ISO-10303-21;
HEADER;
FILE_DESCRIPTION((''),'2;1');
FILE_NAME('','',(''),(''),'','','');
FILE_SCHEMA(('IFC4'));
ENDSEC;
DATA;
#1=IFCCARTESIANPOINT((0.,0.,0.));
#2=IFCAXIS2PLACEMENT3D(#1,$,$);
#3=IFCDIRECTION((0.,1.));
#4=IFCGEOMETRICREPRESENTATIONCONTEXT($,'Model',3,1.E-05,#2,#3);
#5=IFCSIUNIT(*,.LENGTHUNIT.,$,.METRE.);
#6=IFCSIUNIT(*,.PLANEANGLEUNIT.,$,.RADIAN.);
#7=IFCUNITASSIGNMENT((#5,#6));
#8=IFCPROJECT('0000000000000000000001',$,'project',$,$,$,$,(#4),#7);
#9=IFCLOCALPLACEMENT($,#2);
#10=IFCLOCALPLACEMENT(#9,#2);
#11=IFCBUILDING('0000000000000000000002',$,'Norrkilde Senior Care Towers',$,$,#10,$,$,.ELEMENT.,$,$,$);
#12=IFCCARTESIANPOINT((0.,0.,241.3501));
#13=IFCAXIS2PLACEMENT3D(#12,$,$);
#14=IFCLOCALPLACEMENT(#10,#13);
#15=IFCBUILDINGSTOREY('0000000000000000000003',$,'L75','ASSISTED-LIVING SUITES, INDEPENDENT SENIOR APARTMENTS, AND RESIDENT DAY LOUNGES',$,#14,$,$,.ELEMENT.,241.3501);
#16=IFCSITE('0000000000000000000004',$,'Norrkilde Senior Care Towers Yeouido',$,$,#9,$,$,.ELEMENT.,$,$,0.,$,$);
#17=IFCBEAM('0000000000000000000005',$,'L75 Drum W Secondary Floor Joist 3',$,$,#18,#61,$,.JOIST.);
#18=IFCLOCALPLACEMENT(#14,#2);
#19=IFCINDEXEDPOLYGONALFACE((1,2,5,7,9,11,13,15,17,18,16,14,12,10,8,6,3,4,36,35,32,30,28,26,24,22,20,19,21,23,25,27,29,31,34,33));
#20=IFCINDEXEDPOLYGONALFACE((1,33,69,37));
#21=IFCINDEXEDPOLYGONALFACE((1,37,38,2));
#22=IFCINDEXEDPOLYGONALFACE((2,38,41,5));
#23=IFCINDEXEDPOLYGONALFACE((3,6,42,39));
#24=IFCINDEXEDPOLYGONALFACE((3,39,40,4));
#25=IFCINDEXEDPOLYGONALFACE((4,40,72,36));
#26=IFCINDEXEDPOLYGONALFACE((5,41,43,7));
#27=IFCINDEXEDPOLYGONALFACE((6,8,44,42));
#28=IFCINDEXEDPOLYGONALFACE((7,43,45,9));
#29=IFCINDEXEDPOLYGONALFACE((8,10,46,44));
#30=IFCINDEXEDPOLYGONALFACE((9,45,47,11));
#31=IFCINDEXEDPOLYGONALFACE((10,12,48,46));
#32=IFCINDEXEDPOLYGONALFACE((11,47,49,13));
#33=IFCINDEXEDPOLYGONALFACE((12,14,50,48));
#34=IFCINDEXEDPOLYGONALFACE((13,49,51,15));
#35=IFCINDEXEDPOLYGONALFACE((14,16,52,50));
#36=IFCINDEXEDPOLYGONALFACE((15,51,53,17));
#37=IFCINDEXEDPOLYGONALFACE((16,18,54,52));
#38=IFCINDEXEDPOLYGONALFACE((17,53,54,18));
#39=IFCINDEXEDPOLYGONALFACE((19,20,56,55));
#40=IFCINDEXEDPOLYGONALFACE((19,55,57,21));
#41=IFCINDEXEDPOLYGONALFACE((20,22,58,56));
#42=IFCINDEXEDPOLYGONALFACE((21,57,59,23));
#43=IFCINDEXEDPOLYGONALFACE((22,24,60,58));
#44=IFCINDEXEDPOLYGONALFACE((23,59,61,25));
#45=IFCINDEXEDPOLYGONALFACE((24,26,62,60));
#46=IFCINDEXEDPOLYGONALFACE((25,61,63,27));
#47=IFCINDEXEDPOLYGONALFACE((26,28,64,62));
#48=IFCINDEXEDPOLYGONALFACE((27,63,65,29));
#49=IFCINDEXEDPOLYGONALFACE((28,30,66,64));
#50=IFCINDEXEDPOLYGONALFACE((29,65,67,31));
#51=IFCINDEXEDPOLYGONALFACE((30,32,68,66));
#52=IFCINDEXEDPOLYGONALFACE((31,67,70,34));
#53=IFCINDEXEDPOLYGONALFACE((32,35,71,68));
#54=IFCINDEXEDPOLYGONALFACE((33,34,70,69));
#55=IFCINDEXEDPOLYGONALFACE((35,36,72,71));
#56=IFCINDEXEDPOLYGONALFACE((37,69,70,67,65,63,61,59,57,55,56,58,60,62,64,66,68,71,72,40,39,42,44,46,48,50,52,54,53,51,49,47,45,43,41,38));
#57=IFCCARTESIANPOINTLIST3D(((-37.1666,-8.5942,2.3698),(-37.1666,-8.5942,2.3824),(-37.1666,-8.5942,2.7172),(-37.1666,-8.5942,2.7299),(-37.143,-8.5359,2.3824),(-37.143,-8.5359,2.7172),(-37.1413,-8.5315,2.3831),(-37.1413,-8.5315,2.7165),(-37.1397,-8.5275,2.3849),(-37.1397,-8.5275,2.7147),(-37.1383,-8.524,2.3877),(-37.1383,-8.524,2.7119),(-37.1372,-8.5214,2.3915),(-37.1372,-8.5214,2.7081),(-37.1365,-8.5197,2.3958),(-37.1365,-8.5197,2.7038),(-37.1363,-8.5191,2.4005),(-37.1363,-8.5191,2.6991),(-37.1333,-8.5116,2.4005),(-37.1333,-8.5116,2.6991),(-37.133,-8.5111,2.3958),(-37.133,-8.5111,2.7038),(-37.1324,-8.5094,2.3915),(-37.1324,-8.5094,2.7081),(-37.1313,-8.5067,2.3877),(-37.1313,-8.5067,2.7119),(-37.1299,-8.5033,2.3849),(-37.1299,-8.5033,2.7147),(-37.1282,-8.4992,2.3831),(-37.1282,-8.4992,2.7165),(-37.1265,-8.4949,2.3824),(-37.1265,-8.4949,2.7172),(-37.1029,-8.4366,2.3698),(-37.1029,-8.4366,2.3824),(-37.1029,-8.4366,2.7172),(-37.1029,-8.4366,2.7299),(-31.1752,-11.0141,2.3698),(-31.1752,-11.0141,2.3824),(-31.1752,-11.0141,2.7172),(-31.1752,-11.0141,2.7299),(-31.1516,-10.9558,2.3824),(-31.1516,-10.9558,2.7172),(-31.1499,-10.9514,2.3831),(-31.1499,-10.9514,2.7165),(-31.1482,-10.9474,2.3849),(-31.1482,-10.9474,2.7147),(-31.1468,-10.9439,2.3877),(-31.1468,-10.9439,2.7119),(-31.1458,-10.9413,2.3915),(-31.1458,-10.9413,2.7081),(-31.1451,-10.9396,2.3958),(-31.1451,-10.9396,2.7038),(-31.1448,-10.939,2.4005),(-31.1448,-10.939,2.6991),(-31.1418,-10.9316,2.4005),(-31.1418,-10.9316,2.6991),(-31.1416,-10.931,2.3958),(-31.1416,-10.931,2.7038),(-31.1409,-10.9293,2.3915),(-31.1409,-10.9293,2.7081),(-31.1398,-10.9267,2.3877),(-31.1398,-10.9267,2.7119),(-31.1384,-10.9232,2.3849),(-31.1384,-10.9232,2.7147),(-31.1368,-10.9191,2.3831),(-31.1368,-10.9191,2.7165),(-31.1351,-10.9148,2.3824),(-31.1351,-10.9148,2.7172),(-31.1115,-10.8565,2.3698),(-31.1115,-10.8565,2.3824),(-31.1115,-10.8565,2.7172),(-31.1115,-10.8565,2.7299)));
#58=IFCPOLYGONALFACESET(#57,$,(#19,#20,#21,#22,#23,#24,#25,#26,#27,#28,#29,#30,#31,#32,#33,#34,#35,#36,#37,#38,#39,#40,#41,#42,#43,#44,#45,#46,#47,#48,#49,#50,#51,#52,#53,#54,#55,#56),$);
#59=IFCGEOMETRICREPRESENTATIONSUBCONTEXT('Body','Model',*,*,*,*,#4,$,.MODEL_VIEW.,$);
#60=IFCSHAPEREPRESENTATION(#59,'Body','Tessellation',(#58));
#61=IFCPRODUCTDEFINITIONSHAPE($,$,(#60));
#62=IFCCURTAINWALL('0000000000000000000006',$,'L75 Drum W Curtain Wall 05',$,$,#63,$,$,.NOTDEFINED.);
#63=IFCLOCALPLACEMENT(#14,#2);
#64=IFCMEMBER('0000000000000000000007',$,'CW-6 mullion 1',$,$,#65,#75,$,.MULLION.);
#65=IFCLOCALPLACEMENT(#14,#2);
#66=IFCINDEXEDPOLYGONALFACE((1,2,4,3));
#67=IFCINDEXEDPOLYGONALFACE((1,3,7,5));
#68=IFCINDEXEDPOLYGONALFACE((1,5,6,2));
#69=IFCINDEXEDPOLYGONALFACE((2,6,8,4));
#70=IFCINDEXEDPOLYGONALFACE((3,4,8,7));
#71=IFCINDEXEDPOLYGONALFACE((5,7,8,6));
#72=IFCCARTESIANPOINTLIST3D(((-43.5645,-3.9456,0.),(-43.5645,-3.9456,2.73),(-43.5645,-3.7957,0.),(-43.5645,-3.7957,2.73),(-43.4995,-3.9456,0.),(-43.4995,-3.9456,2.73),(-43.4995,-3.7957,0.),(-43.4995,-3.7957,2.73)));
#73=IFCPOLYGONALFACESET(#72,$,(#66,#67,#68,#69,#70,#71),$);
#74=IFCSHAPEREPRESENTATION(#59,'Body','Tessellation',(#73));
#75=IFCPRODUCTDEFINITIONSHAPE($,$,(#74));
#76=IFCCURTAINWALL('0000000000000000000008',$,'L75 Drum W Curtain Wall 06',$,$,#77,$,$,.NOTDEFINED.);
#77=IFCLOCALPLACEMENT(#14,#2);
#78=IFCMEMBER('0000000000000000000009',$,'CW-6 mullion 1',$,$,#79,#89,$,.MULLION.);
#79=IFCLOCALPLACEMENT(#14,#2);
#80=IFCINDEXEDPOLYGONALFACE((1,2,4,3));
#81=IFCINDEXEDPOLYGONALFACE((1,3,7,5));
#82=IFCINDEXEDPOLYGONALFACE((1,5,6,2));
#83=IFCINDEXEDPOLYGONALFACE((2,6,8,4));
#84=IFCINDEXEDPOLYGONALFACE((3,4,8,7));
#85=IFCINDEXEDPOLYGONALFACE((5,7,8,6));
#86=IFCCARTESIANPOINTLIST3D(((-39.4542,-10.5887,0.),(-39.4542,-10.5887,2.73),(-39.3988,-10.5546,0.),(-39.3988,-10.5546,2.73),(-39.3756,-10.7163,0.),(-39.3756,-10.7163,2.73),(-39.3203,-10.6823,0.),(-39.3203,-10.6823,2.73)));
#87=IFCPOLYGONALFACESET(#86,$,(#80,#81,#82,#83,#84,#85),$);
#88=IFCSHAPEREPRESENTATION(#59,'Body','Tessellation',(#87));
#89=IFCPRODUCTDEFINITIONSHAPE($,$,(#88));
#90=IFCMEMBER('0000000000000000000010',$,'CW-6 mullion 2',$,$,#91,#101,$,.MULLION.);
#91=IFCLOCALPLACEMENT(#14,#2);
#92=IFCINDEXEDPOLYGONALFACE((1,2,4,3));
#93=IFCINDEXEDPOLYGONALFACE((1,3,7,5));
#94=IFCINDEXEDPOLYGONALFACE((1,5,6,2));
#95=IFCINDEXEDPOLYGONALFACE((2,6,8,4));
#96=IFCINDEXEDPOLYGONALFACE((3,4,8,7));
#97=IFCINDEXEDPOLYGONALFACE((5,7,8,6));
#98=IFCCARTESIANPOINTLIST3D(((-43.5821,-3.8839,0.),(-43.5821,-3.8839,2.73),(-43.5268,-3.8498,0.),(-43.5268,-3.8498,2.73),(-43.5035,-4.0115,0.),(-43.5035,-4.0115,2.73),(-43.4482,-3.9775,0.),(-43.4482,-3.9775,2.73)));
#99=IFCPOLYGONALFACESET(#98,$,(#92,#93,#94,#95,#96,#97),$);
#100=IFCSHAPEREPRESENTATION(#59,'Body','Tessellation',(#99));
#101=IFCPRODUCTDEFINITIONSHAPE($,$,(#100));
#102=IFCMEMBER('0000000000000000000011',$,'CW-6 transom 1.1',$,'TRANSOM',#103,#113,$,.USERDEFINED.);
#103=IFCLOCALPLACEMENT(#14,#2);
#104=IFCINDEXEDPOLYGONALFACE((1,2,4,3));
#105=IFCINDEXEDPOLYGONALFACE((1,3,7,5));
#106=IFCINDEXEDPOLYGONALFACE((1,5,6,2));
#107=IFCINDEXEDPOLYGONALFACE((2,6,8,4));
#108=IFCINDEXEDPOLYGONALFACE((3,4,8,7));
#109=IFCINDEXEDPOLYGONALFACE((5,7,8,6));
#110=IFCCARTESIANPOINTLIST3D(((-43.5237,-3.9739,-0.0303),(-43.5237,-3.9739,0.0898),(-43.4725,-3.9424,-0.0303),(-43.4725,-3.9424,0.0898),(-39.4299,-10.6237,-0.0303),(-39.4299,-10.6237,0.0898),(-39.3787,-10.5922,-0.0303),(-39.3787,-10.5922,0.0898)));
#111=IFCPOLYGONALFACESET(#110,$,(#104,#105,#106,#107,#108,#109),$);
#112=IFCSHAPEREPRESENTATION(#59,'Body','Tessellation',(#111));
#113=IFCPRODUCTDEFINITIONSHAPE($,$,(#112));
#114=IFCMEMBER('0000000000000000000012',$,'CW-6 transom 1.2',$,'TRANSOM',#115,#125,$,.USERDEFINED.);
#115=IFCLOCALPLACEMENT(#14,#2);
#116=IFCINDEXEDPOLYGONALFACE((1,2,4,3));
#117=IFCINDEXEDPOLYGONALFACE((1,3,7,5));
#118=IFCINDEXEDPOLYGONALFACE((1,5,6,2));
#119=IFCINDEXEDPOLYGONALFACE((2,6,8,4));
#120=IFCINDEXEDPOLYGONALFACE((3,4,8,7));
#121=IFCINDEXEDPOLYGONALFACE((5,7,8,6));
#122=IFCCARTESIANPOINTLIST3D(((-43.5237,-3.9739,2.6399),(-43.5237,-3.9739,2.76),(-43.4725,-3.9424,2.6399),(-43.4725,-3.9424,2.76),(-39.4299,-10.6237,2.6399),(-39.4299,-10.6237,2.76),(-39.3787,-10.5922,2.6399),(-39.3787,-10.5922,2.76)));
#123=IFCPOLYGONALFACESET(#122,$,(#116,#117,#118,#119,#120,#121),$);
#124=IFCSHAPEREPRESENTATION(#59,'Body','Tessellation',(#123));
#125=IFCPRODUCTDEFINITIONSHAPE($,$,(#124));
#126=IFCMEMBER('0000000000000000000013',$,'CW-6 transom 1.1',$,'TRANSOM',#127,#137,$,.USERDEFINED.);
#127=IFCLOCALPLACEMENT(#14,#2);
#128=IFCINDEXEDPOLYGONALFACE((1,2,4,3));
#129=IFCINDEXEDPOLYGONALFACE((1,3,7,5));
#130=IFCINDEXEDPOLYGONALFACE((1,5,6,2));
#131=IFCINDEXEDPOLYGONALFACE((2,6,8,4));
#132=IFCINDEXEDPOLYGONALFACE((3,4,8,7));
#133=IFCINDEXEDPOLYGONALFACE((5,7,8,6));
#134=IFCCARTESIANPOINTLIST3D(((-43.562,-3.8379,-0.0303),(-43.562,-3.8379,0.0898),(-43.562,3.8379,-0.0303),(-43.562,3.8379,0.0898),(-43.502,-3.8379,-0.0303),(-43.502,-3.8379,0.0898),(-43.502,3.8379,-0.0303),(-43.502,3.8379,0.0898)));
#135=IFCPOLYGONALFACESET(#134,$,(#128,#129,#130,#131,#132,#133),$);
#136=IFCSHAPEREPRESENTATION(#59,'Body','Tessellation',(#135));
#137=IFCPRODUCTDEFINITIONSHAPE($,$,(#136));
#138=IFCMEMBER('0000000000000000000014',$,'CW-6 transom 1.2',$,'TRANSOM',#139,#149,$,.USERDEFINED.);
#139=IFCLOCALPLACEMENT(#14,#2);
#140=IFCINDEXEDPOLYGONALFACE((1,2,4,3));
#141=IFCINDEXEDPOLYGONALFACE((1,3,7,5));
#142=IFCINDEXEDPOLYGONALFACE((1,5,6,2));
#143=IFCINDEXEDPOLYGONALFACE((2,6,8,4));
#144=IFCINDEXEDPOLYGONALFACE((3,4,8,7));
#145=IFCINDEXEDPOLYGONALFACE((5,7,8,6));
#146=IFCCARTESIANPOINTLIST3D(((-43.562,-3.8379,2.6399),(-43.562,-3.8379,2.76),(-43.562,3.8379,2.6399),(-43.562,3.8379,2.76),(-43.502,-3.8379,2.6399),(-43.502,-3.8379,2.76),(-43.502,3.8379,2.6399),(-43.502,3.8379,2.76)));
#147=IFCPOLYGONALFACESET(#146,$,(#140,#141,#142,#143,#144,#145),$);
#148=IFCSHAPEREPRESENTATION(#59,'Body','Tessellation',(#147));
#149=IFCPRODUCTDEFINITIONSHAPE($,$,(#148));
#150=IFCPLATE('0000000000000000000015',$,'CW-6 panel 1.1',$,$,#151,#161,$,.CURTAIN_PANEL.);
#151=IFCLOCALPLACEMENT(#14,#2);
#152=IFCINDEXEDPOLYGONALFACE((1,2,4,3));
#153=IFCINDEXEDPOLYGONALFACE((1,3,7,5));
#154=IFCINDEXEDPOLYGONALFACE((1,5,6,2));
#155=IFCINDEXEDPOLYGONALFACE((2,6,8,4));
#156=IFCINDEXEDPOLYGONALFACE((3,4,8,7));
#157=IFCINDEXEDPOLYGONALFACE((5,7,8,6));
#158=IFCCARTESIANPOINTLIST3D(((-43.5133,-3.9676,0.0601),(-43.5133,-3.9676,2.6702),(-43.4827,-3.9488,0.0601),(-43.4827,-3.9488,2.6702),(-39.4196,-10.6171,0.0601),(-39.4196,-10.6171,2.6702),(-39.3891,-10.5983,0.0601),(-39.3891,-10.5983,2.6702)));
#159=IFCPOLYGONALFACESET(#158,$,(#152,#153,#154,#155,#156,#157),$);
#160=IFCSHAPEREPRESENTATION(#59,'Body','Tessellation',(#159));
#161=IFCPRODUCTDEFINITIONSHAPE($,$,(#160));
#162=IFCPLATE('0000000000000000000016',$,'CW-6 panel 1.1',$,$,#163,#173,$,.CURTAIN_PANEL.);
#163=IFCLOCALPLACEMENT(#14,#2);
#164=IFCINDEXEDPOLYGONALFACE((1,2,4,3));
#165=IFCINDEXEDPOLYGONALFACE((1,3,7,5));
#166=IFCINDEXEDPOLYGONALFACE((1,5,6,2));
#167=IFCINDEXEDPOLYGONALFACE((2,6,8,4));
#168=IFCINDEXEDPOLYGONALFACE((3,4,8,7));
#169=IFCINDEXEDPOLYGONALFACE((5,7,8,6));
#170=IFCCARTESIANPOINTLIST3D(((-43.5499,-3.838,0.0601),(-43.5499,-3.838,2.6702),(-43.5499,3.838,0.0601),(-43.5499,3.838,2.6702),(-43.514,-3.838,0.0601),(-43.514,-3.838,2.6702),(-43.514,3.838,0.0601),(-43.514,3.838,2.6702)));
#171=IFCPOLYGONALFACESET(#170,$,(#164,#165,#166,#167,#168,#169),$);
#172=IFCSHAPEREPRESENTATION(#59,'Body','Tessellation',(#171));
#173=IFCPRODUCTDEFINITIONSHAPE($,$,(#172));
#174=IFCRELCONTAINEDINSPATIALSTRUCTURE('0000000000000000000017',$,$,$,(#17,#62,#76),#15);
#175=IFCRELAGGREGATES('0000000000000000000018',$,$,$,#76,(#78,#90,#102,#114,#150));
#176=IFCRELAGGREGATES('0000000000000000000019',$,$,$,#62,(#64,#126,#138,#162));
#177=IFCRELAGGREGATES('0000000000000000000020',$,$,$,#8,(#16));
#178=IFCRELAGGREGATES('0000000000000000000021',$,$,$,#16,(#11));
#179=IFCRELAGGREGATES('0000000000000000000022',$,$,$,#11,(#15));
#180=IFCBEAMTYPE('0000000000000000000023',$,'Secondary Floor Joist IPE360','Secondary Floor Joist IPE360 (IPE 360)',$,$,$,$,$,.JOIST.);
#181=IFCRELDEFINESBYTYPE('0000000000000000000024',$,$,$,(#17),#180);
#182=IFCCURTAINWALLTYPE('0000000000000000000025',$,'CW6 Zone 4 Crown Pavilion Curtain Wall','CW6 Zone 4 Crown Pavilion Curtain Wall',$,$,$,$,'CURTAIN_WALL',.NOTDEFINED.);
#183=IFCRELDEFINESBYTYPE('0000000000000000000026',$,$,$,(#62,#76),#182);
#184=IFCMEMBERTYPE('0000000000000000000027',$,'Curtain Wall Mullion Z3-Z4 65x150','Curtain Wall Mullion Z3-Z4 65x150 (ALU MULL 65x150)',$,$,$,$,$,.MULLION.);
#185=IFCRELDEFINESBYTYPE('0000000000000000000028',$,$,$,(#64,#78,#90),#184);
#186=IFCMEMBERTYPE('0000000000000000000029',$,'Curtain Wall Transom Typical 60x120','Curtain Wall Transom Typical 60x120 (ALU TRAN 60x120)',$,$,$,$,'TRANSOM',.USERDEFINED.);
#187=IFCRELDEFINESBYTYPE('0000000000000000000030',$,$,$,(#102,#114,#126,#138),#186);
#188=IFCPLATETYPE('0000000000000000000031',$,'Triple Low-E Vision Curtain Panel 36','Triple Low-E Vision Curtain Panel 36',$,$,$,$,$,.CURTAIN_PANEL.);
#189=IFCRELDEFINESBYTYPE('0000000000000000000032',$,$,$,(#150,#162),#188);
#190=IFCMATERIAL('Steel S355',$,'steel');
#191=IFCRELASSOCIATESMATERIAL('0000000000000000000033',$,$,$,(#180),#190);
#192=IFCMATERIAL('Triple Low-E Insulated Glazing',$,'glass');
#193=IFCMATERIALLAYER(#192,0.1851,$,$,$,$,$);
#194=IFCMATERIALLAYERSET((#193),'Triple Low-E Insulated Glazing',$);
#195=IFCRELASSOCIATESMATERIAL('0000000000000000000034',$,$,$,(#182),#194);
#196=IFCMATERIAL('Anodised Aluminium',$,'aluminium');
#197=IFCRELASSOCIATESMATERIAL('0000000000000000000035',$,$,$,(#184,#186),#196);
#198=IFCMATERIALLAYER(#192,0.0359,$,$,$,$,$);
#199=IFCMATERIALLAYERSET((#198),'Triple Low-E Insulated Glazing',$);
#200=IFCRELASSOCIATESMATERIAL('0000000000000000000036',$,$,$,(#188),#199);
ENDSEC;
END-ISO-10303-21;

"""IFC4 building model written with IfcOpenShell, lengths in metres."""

from ifc_helpers import new_model, si_unit, direction, frame, origin, origin_2d, place, context, subcontext, project, spatial, rectangle, i_section, extrude, source, transform, mapped, material, layer, layer_set, material_profile, profile_set, type_object, type_shapes, element, aggregate, save


model = new_model("IFC4")

# Units and contexts
model_context = context("Model", 3, precision=1e-05, world=origin(), true_north=direction((0.0, 1.0)))
body_context = subcontext(model_context, "Body", "Model", "MODEL_VIEW")
ifc_project = project(units=[si_unit("LENGTHUNIT", "METRE"), si_unit("PLANEANGLEUNIT", "RADIAN")], contexts=[model_context])

# Site, building, storey
site_placement = place(None, origin())
site = spatial("IfcSite", under=ifc_project, at=site_placement, Name="Norrkilde Senior Care Towers Yeouido", CompositionType="ELEMENT", RefElevation=0.0)
building_placement = place(site_placement, origin())
building = spatial("IfcBuilding", under=site, at=building_placement, Name="Norrkilde Senior Care Towers", CompositionType="ELEMENT")
storey_placement = place(building_placement, frame((0.0, 0.0, 241.3501)))
storey = spatial("IfcBuildingStorey", under=building, at=storey_placement, Name="L75", Description="ASSISTED-LIVING SUITES, INDEPENDENT SENIOR APARTMENTS, AND RESIDENT DAY LOUNGES", CompositionType="ELEMENT", Elevation=241.3501)

# Beam
ifc_material_1 = material(Name="Steel S355", Category="steel")
ifc_material_profile_1 = material_profile(ifc_material_1, i_section(OverallWidth=0.1699, OverallDepth=0.3601, WebThickness=0.0081, FlangeThickness=0.0127, FilletRadius=0.0181, at=origin_2d()), Name="IPE 360")
ifc_profile_set_1 = profile_set([ifc_material_profile_1], Name="Steel S355")
beam_type_1 = type_object("IfcBeamType", Name="Secondary Floor Joist IPE360", Description="Secondary Floor Joist IPE360 (IPE 360)", PredefinedType="JOIST", material=ifc_profile_set_1)
shared_shape_1 = source(origin(), body_context, "Body", "SweptSolid", [
    extrude(i_section(OverallWidth=0.1699, OverallDepth=0.3601, WebThickness=0.0081, FlangeThickness=0.0127, FilletRadius=0.0181, at=origin_2d()), origin(), (0.0, 0.0, 1.0), 6.4617),
])
type_shapes(beam_type_1, [shared_shape_1])
beam_1_placement = place(storey_placement, frame((-37.1348, -8.5154, 2.5498), z_axis=(0.927226, -0.374502, 0.0), x_axis=(0.374502, 0.927226, 0.0)))
element("IfcBeam", 1, at=beam_1_placement, inside=storey, type_object=beam_type_1, Name="L75 Drum W Secondary Floor Joist 3", PredefinedType="JOIST", context=body_context, shape_type="MappedRepresentation", body=[
    mapped(shared_shape_1, transform((0.0, 0.0, 0.0), x_axis=(1.0, 0.0, 0.0), y_axis=(0.0, 1.0, 0.0), z_axis=(0.0, 0.0, 1.0), scale=1.0)),
])

# Curtain wall, member
ifc_material_2 = material(Name="Triple Low-E Insulated Glazing", Category="glass")
ifc_layer_1 = layer(ifc_material_2, 0.1851)
ifc_layer_set_1 = layer_set([ifc_layer_1], Name="Triple Low-E Insulated Glazing")
curtain_wall_type = type_object("IfcCurtainWallType", Name="CW6 Zone 4 Crown Pavilion Curtain Wall", Description="CW6 Zone 4 Crown Pavilion Curtain Wall", ElementType="CURTAIN_WALL", PredefinedType="NOTDEFINED", material=ifc_layer_set_1)
curtain_wall_1_placement = place(storey_placement, origin())
curtain_wall_1 = element("IfcCurtainWall", 2, at=curtain_wall_1_placement, inside=storey, type_object=curtain_wall_type, Name="L75 Drum W Curtain Wall 05", PredefinedType="NOTDEFINED")
ifc_material_3 = material(Name="Anodised Aluminium", Category="aluminium")
ifc_material_profile_2 = material_profile(ifc_material_3, rectangle(XDim=0.0649, YDim=0.1499, at=origin_2d()), Name="ALU MULL 65x150")
ifc_profile_set_2 = profile_set([ifc_material_profile_2], Name="Anodised Aluminium")
member_type_1 = type_object("IfcMemberType", Name="Curtain Wall Mullion Z3-Z4 65x150", Description="Curtain Wall Mullion Z3-Z4 65x150 (ALU MULL 65x150)", PredefinedType="MULLION", material=ifc_profile_set_2)
shared_shape_2 = source(origin(), body_context, "Body", "SweptSolid", [
    extrude(rectangle(XDim=0.0649, YDim=0.1499, at=origin_2d()), origin(), (0.0, 0.0, 1.0), 2.73),
])
type_shapes(member_type_1, [shared_shape_2])
member_1_placement = place(storey_placement, frame((-43.532, -3.8706, 0.0), z_axis=(0.0, 0.0, 1.0), x_axis=(-1.0, 0.0, 0.0)))
member_1 = element("IfcMember", 3, at=member_1_placement, type_object=member_type_1, Name="CW-6 mullion 1", PredefinedType="MULLION", context=body_context, shape_type="MappedRepresentation", body=[
    mapped(shared_shape_2, transform((0.0, 0.0, 0.0), x_axis=(1.0, 0.0, 0.0), y_axis=(0.0, 1.0, 0.0), z_axis=(0.0, 0.0, 1.0), scale=1.0)),
])

# Curtain wall, members
curtain_wall_2_placement = place(storey_placement, origin())
curtain_wall_2 = element("IfcCurtainWall", 4, at=curtain_wall_2_placement, inside=storey, type_object=curtain_wall_type, Name="L75 Drum W Curtain Wall 06", PredefinedType="NOTDEFINED")
member_2_placement = place(storey_placement, frame((-39.3872, -10.6355, 0.0), z_axis=(0.0, 0.0, 1.0), x_axis=(-0.851563, -0.524253, 0.0)))
member_2 = element("IfcMember", 5, at=member_2_placement, type_object=member_type_1, Name="CW-6 mullion 1", PredefinedType="MULLION", context=body_context, shape_type="MappedRepresentation", body=[
    mapped(shared_shape_2, transform((0.0, 0.0, 0.0), x_axis=(1.0, 0.0, 0.0), y_axis=(0.0, 1.0, 0.0), z_axis=(0.0, 0.0, 1.0), scale=1.0)),
])
member_3_placement = place(storey_placement, frame((-43.5151, -3.9307, 0.0), z_axis=(0.0, 0.0, 1.0), x_axis=(-0.851563, -0.524253, 0.0)))
member_3 = element("IfcMember", 6, at=member_3_placement, type_object=member_type_1, Name="CW-6 mullion 2", PredefinedType="MULLION", context=body_context, shape_type="MappedRepresentation", body=[
    mapped(shared_shape_2, transform((0.0, 0.0, 0.0), x_axis=(1.0, 0.0, 0.0), y_axis=(0.0, 1.0, 0.0), z_axis=(0.0, 0.0, 1.0), scale=1.0)),
])
ifc_material_profile_3 = material_profile(ifc_material_3, rectangle(XDim=0.0601, YDim=0.1201, at=origin_2d()), Name="ALU TRAN 60x120")
ifc_profile_set_3 = profile_set([ifc_material_profile_3], Name="Anodised Aluminium")
member_type_2 = type_object("IfcMemberType", Name="Curtain Wall Transom Typical 60x120", Description="Curtain Wall Transom Typical 60x120 (ALU TRAN 60x120)", ElementType="TRANSOM", PredefinedType="USERDEFINED", material=ifc_profile_set_3)
shared_shape_3 = source(origin(), body_context, "Body", "SweptSolid", [
    extrude(rectangle(XDim=0.0601, YDim=0.1201, at=origin_2d()), origin(), (0.0, 0.0, 1.0), 7.8088),
])
member_4_placement = place(storey_placement, frame((-39.4043, -10.6079, 0.0298), z_axis=(-0.524251, 0.851564, 0.0), x_axis=(-0.851564, -0.524251, 0.0)))
member_4 = element("IfcMember", 7, at=member_4_placement, type_object=member_type_2, Name="CW-6 transom 1.1", ObjectType="TRANSOM", PredefinedType="USERDEFINED", context=body_context, shape_type="MappedRepresentation", body=[
    mapped(shared_shape_3, transform((0.0, 0.0, 0.0), x_axis=(1.0, 0.0, 0.0), y_axis=(0.0, 1.0, 0.0), z_axis=(0.0, 0.0, 1.0), scale=1.0)),
])
member_5_placement = place(storey_placement, frame((-39.4043, -10.6079, 2.7), z_axis=(-0.524251, 0.851564, 0.0), x_axis=(-0.851564, -0.524251, 0.0)))
member_5 = element("IfcMember", 8, at=member_5_placement, type_object=member_type_2, Name="CW-6 transom 1.2", ObjectType="TRANSOM", PredefinedType="USERDEFINED", context=body_context, shape_type="MappedRepresentation", body=[
    mapped(shared_shape_3, transform((0.0, 0.0, 0.0), x_axis=(1.0, 0.0, 0.0), y_axis=(0.0, 1.0, 0.0), z_axis=(0.0, 0.0, 1.0), scale=1.0)),
])

# Members
shared_shape_4 = source(origin(), body_context, "Body", "SweptSolid", [
    extrude(rectangle(XDim=0.0601, YDim=0.1201, at=origin_2d()), origin(), (0.0, 0.0, 1.0), 7.6758),
])
type_shapes(member_type_2, [shared_shape_3, shared_shape_4])
member_6_placement = place(storey_placement, frame((-43.532, -3.8379, 0.0298), z_axis=(0.0, 1.0, 0.0), x_axis=(-1.0, 0.0, 0.0)))
member_6 = element("IfcMember", 9, at=member_6_placement, type_object=member_type_2, Name="CW-6 transom 1.1", ObjectType="TRANSOM", PredefinedType="USERDEFINED", context=body_context, shape_type="MappedRepresentation", body=[
    mapped(shared_shape_4, transform((0.0, 0.0, 0.0), x_axis=(1.0, 0.0, 0.0), y_axis=(0.0, 1.0, 0.0), z_axis=(0.0, 0.0, 1.0), scale=1.0)),
])
member_7_placement = place(storey_placement, frame((-43.532, -3.8379, 2.7), z_axis=(0.0, 1.0, 0.0), x_axis=(-1.0, 0.0, 0.0)))
member_7 = element("IfcMember", 10, at=member_7_placement, type_object=member_type_2, Name="CW-6 transom 1.2", ObjectType="TRANSOM", PredefinedType="USERDEFINED", context=body_context, shape_type="MappedRepresentation", body=[
    mapped(shared_shape_4, transform((0.0, 0.0, 0.0), x_axis=(1.0, 0.0, 0.0), y_axis=(0.0, 1.0, 0.0), z_axis=(0.0, 0.0, 1.0), scale=1.0)),
])

# Plates
ifc_layer_2 = layer(ifc_material_2, 0.0359)
ifc_layer_set_2 = layer_set([ifc_layer_2], Name="Triple Low-E Insulated Glazing")
plate_type = type_object("IfcPlateType", Name="Triple Low-E Vision Curtain Panel 36", Description="Triple Low-E Vision Curtain Panel 36", PredefinedType="CURTAIN_PANEL", material=ifc_layer_set_2)
shared_shape_5 = source(origin(), body_context, "Body", "SweptSolid", [
    extrude(rectangle(XDim=7.8086, YDim=0.0359, at=origin_2d()), origin(), (0.0, 0.0, 1.0), 2.6101),
])
plate_1_placement = place(storey_placement, frame((-41.4512, -7.283, 0.0601), z_axis=(0.0, 0.0, 1.0), x_axis=(-0.524253, 0.851563, 0.0)))
plate_1 = element("IfcPlate", 11, at=plate_1_placement, type_object=plate_type, Name="CW-6 panel 1.1", PredefinedType="CURTAIN_PANEL", context=body_context, shape_type="MappedRepresentation", body=[
    mapped(shared_shape_5, transform((0.0, 0.0, 0.0), x_axis=(1.0, 0.0, 0.0), y_axis=(0.0, 1.0, 0.0), z_axis=(0.0, 0.0, 1.0), scale=1.0)),
])
aggregate(curtain_wall_2, [member_2, member_3, member_4, member_5, plate_1])
shared_shape_6 = source(origin(), body_context, "Body", "SweptSolid", [
    extrude(rectangle(XDim=7.676, YDim=0.0359, at=origin_2d()), origin(), (0.0, 0.0, 1.0), 2.6101),
])
type_shapes(plate_type, [shared_shape_5, shared_shape_6])
plate_2_placement = place(storey_placement, frame((-43.532, 0.0, 0.0601), z_axis=(0.0, 0.0, 1.0), x_axis=(0.0, 1.0, 0.0)))
plate_2 = element("IfcPlate", 12, at=plate_2_placement, type_object=plate_type, Name="CW-6 panel 1.1", PredefinedType="CURTAIN_PANEL", context=body_context, shape_type="MappedRepresentation", body=[
    mapped(shared_shape_6, transform((0.0, 0.0, 0.0), x_axis=(1.0, 0.0, 0.0), y_axis=(0.0, 1.0, 0.0), z_axis=(0.0, 0.0, 1.0), scale=1.0)),
])
aggregate(curtain_wall_1, [member_1, member_6, member_7, plate_2])

save(model, "model.ifc")
